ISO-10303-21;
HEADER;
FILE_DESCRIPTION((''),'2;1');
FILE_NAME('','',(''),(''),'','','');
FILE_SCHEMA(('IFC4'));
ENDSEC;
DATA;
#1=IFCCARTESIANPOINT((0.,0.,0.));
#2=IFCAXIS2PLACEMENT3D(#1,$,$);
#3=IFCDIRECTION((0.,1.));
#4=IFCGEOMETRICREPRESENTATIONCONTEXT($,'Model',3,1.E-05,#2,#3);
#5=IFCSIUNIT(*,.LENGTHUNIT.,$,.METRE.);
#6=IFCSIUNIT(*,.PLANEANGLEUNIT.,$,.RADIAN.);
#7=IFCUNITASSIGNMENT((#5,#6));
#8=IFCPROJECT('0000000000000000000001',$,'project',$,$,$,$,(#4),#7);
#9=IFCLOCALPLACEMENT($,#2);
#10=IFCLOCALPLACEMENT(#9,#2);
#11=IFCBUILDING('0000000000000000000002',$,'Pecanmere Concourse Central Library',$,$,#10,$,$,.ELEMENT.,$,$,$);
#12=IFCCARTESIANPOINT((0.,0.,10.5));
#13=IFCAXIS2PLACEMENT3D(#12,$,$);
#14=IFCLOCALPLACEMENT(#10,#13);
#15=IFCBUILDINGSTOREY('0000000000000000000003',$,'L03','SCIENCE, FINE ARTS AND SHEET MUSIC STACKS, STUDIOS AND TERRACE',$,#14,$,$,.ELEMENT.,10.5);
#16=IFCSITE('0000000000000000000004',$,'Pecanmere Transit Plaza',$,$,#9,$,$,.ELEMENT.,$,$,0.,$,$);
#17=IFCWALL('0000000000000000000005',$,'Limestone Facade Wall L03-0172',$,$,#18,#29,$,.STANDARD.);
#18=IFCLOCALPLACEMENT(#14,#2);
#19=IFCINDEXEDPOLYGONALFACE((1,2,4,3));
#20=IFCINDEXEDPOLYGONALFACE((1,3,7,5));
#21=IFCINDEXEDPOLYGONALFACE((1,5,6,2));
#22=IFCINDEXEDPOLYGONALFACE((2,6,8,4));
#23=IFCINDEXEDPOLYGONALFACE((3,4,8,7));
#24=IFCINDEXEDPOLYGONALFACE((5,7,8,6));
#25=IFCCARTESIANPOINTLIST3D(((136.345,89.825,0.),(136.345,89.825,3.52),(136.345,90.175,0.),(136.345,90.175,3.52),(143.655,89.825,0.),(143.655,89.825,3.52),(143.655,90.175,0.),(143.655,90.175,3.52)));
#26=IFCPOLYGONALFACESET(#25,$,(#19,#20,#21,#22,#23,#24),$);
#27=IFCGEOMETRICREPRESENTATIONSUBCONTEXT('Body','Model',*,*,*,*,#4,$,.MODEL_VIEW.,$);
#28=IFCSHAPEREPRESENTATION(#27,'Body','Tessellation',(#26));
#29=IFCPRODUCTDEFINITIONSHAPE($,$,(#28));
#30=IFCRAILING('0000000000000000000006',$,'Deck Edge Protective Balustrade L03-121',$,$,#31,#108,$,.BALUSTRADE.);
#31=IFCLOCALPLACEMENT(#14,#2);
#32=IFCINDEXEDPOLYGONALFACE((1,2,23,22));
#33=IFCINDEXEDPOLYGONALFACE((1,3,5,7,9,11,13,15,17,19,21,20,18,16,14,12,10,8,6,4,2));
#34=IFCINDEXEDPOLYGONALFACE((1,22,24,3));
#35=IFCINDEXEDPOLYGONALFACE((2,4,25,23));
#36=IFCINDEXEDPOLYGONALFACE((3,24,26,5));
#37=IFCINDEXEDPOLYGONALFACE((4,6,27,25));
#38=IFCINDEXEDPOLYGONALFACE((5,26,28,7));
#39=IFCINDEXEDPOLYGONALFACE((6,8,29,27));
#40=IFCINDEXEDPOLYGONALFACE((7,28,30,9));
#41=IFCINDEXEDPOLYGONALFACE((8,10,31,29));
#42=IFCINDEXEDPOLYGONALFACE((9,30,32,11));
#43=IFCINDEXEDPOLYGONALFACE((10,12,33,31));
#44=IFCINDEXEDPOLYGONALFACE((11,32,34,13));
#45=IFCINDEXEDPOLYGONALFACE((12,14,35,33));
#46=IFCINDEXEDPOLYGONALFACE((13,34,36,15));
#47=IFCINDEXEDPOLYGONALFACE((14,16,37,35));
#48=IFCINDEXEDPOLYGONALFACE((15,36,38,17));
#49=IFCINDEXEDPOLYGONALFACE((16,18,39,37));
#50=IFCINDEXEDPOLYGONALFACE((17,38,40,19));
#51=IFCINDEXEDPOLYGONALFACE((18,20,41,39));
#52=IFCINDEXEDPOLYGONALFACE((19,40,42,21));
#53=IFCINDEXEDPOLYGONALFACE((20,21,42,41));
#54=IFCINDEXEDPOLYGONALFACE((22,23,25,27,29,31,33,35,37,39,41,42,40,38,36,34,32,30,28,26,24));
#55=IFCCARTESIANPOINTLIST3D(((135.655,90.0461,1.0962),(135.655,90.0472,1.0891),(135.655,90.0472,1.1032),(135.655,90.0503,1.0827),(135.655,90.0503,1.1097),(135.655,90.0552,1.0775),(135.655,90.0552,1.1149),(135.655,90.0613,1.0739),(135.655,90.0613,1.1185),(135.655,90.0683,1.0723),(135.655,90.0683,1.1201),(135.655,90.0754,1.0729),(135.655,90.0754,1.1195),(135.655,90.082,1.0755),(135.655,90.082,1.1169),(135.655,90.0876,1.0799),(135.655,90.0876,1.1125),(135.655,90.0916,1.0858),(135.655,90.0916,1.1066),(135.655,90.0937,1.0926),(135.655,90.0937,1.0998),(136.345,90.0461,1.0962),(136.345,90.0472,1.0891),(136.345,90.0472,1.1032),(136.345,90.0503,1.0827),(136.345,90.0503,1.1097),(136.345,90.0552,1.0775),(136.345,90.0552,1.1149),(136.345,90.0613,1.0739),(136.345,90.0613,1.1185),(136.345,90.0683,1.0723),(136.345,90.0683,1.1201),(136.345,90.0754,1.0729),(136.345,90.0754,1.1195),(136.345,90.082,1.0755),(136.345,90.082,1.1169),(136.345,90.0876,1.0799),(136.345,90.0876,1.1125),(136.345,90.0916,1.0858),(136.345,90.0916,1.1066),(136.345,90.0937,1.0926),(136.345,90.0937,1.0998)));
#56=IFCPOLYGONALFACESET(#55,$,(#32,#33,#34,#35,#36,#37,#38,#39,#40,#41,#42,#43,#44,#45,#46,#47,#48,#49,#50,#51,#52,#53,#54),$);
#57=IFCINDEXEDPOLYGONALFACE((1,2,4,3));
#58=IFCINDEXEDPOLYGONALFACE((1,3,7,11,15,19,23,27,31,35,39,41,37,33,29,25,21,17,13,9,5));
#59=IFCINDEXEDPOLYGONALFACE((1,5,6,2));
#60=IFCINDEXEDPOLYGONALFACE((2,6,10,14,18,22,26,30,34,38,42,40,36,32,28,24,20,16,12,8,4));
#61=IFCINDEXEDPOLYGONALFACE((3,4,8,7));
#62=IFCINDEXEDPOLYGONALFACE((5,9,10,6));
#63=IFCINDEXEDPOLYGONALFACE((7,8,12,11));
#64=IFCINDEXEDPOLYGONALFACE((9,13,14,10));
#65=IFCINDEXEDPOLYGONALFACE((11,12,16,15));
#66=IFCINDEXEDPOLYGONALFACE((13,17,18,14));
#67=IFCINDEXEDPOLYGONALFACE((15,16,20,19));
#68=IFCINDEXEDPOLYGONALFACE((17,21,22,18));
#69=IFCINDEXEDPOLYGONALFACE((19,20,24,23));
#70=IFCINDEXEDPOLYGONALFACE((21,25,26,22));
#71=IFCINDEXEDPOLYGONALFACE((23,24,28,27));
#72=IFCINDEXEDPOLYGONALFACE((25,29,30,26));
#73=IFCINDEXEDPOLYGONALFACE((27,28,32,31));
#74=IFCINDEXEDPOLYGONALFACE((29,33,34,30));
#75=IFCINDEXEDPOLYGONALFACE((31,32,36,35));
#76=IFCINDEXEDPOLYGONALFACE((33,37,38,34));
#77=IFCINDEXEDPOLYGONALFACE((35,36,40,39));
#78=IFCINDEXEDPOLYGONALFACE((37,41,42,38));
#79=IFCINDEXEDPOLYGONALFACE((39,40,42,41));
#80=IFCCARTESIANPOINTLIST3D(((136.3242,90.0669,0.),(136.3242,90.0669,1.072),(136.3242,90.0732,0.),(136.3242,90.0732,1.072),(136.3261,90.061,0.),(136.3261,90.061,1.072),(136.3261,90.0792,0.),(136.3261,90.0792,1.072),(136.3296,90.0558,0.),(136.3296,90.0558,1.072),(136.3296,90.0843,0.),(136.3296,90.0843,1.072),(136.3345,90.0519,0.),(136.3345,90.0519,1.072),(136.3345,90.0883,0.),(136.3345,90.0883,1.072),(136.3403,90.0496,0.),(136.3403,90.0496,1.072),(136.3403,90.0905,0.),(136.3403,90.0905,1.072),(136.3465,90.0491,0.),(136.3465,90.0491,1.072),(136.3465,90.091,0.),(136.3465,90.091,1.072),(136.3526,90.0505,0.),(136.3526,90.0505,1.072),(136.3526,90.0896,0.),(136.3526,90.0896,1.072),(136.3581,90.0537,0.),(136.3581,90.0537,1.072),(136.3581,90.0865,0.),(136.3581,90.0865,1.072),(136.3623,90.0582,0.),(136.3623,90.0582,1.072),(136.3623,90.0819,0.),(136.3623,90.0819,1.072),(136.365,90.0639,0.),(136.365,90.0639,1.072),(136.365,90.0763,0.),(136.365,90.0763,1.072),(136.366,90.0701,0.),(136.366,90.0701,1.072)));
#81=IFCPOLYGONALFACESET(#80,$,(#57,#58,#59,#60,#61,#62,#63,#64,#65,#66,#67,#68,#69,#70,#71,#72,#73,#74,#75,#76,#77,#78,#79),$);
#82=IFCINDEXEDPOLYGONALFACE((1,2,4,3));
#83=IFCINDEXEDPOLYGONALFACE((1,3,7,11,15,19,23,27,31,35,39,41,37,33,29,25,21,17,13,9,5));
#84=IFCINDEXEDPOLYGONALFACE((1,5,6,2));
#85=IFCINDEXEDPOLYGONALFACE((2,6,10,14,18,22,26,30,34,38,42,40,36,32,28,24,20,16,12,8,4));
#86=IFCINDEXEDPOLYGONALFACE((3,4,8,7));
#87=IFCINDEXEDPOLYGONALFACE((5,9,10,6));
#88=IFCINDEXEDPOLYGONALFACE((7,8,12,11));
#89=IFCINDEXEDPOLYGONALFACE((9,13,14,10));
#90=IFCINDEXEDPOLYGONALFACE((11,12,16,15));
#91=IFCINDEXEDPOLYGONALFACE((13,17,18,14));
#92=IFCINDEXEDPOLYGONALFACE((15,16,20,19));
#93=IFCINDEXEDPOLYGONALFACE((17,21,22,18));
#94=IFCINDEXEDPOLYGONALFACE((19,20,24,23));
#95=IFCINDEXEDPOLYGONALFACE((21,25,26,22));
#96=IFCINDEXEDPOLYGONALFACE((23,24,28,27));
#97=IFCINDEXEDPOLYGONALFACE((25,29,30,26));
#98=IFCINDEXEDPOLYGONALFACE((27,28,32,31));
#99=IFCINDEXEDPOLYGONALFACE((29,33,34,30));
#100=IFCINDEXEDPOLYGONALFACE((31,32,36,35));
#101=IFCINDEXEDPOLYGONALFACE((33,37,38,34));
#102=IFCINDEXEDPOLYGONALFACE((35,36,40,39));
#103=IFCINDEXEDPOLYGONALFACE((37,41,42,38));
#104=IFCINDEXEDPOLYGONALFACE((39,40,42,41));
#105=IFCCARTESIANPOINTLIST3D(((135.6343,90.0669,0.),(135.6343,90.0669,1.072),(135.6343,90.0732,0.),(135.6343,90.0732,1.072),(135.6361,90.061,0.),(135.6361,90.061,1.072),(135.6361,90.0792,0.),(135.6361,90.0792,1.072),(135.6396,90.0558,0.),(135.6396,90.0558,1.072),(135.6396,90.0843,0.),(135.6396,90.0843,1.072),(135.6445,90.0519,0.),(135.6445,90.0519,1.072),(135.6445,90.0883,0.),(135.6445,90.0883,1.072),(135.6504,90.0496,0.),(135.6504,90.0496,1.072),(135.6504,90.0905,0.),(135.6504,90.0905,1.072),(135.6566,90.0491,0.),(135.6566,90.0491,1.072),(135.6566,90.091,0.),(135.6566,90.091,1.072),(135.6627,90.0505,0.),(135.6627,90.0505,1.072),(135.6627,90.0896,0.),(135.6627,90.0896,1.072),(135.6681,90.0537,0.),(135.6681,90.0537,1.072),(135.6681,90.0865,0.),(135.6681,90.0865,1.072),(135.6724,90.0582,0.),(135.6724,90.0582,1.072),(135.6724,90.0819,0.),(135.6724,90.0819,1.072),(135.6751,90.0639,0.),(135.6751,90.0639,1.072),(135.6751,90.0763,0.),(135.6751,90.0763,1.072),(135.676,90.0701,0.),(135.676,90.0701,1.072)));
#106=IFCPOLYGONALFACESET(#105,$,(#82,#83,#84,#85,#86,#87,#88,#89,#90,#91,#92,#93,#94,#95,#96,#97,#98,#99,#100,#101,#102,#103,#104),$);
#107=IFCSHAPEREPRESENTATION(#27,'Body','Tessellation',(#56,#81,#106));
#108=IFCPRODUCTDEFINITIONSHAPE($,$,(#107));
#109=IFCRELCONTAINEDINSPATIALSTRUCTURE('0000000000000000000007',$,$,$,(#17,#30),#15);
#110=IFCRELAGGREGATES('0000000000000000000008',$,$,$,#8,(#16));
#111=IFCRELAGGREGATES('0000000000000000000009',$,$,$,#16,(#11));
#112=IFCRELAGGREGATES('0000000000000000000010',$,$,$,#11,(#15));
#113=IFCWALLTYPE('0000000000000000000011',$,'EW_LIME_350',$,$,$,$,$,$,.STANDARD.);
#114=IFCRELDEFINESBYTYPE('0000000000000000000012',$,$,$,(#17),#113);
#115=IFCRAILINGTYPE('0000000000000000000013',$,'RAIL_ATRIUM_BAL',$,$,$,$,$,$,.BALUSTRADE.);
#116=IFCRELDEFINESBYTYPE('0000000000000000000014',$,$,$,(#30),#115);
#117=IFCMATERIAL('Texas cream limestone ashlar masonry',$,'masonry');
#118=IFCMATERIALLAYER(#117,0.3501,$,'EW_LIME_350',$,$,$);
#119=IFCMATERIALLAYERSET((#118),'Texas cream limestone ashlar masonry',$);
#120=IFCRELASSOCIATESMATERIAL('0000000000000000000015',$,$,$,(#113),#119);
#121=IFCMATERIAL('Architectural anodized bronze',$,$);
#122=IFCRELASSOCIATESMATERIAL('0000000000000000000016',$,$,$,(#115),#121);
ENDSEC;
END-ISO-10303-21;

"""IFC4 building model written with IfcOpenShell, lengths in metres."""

from ifc_helpers import new_model, si_unit, direction, frame, frame_2d, origin, origin_2d, place, context, subcontext, project, spatial, rectangle, circle, extrude, material, layer, layer_set, type_object, element, save


model = new_model("IFC4")

# Units and contexts
model_context = context("Model", 3, precision=1e-05, world=origin(), true_north=direction((0.0, 1.0)))
body_context = subcontext(model_context, "Body", "Model", "MODEL_VIEW")
ifc_project = project(units=[si_unit("LENGTHUNIT", "METRE"), si_unit("PLANEANGLEUNIT", "RADIAN")], contexts=[model_context])

# Site, building, storey
site_placement = place(None, origin())
site = spatial("IfcSite", under=ifc_project, at=site_placement, Name="Pecanmere Transit Plaza", CompositionType="ELEMENT", RefElevation=0.0)
building_placement = place(site_placement, origin())
building = spatial("IfcBuilding", under=site, at=building_placement, Name="Pecanmere Concourse Central Library", CompositionType="ELEMENT")
storey_placement = place(building_placement, frame((0.0, 0.0, 10.5)))
storey = spatial("IfcBuildingStorey", under=building, at=storey_placement, Name="L03", Description="SCIENCE, FINE ARTS AND SHEET MUSIC STACKS, STUDIOS AND TERRACE", CompositionType="ELEMENT", Elevation=10.5)

# Wall
ifc_material_1 = material(Name="Texas cream limestone ashlar masonry", Category="masonry")
ifc_layer_1 = layer(ifc_material_1, 0.3501, Name="EW_LIME_350")
ifc_layer_set_1 = layer_set([ifc_layer_1], Name="Texas cream limestone ashlar masonry")
wall_type = type_object("IfcWallType", Name="EW_LIME_350", PredefinedType="STANDARD", material=ifc_layer_set_1)
wall_placement = place(storey_placement, frame((136.345, 90.0, 0.0), z_axis=(0.0, 0.0, 1.0), x_axis=(1.0, 0.0, 0.0)))
element("IfcWall", 1, at=wall_placement, inside=storey, type_object=wall_type, Name="Limestone Facade Wall L03-0172", PredefinedType="STANDARD", context=body_context, shape_type="SweptSolid", body=[
    extrude(rectangle(XDim=7.3101, YDim=0.3501, at=frame_2d((3.655, 0.0))), origin(), (0.0, 0.0, 1.0), 3.52),
])

# Railing
ifc_material_2 = material(Name="Architectural anodized bronze")
railing_type = type_object("IfcRailingType", Name="RAIL_ATRIUM_BAL", PredefinedType="BALUSTRADE", material=ifc_material_2)
railing_placement = place(storey_placement, frame((136.345, 90.0701, 0.0)))
element("IfcRailing", 2, at=railing_placement, inside=storey, type_object=railing_type, Name="Deck Edge Protective Balustrade L03-121", PredefinedType="BALUSTRADE", context=body_context, shape_type="SweptSolid", body=[
    extrude(circle(Radius=0.0239, at=origin_2d()), frame((0.0, 0.0, 1.0962), z_axis=(-1.0, 0.0, 0.0), x_axis=(0.0, -1.0, 0.0)), (0.0, 0.0, 1.0), 0.6899),
    extrude(circle(Radius=0.021, at=origin_2d()), origin(), (0.0, 0.0, 1.0), 1.072),
    extrude(circle(Radius=0.021, at=origin_2d()), frame((-0.6899, 0.0, 0.0)), (0.0, 0.0, 1.0), 1.072),
])

save(model, "model.ifc")
